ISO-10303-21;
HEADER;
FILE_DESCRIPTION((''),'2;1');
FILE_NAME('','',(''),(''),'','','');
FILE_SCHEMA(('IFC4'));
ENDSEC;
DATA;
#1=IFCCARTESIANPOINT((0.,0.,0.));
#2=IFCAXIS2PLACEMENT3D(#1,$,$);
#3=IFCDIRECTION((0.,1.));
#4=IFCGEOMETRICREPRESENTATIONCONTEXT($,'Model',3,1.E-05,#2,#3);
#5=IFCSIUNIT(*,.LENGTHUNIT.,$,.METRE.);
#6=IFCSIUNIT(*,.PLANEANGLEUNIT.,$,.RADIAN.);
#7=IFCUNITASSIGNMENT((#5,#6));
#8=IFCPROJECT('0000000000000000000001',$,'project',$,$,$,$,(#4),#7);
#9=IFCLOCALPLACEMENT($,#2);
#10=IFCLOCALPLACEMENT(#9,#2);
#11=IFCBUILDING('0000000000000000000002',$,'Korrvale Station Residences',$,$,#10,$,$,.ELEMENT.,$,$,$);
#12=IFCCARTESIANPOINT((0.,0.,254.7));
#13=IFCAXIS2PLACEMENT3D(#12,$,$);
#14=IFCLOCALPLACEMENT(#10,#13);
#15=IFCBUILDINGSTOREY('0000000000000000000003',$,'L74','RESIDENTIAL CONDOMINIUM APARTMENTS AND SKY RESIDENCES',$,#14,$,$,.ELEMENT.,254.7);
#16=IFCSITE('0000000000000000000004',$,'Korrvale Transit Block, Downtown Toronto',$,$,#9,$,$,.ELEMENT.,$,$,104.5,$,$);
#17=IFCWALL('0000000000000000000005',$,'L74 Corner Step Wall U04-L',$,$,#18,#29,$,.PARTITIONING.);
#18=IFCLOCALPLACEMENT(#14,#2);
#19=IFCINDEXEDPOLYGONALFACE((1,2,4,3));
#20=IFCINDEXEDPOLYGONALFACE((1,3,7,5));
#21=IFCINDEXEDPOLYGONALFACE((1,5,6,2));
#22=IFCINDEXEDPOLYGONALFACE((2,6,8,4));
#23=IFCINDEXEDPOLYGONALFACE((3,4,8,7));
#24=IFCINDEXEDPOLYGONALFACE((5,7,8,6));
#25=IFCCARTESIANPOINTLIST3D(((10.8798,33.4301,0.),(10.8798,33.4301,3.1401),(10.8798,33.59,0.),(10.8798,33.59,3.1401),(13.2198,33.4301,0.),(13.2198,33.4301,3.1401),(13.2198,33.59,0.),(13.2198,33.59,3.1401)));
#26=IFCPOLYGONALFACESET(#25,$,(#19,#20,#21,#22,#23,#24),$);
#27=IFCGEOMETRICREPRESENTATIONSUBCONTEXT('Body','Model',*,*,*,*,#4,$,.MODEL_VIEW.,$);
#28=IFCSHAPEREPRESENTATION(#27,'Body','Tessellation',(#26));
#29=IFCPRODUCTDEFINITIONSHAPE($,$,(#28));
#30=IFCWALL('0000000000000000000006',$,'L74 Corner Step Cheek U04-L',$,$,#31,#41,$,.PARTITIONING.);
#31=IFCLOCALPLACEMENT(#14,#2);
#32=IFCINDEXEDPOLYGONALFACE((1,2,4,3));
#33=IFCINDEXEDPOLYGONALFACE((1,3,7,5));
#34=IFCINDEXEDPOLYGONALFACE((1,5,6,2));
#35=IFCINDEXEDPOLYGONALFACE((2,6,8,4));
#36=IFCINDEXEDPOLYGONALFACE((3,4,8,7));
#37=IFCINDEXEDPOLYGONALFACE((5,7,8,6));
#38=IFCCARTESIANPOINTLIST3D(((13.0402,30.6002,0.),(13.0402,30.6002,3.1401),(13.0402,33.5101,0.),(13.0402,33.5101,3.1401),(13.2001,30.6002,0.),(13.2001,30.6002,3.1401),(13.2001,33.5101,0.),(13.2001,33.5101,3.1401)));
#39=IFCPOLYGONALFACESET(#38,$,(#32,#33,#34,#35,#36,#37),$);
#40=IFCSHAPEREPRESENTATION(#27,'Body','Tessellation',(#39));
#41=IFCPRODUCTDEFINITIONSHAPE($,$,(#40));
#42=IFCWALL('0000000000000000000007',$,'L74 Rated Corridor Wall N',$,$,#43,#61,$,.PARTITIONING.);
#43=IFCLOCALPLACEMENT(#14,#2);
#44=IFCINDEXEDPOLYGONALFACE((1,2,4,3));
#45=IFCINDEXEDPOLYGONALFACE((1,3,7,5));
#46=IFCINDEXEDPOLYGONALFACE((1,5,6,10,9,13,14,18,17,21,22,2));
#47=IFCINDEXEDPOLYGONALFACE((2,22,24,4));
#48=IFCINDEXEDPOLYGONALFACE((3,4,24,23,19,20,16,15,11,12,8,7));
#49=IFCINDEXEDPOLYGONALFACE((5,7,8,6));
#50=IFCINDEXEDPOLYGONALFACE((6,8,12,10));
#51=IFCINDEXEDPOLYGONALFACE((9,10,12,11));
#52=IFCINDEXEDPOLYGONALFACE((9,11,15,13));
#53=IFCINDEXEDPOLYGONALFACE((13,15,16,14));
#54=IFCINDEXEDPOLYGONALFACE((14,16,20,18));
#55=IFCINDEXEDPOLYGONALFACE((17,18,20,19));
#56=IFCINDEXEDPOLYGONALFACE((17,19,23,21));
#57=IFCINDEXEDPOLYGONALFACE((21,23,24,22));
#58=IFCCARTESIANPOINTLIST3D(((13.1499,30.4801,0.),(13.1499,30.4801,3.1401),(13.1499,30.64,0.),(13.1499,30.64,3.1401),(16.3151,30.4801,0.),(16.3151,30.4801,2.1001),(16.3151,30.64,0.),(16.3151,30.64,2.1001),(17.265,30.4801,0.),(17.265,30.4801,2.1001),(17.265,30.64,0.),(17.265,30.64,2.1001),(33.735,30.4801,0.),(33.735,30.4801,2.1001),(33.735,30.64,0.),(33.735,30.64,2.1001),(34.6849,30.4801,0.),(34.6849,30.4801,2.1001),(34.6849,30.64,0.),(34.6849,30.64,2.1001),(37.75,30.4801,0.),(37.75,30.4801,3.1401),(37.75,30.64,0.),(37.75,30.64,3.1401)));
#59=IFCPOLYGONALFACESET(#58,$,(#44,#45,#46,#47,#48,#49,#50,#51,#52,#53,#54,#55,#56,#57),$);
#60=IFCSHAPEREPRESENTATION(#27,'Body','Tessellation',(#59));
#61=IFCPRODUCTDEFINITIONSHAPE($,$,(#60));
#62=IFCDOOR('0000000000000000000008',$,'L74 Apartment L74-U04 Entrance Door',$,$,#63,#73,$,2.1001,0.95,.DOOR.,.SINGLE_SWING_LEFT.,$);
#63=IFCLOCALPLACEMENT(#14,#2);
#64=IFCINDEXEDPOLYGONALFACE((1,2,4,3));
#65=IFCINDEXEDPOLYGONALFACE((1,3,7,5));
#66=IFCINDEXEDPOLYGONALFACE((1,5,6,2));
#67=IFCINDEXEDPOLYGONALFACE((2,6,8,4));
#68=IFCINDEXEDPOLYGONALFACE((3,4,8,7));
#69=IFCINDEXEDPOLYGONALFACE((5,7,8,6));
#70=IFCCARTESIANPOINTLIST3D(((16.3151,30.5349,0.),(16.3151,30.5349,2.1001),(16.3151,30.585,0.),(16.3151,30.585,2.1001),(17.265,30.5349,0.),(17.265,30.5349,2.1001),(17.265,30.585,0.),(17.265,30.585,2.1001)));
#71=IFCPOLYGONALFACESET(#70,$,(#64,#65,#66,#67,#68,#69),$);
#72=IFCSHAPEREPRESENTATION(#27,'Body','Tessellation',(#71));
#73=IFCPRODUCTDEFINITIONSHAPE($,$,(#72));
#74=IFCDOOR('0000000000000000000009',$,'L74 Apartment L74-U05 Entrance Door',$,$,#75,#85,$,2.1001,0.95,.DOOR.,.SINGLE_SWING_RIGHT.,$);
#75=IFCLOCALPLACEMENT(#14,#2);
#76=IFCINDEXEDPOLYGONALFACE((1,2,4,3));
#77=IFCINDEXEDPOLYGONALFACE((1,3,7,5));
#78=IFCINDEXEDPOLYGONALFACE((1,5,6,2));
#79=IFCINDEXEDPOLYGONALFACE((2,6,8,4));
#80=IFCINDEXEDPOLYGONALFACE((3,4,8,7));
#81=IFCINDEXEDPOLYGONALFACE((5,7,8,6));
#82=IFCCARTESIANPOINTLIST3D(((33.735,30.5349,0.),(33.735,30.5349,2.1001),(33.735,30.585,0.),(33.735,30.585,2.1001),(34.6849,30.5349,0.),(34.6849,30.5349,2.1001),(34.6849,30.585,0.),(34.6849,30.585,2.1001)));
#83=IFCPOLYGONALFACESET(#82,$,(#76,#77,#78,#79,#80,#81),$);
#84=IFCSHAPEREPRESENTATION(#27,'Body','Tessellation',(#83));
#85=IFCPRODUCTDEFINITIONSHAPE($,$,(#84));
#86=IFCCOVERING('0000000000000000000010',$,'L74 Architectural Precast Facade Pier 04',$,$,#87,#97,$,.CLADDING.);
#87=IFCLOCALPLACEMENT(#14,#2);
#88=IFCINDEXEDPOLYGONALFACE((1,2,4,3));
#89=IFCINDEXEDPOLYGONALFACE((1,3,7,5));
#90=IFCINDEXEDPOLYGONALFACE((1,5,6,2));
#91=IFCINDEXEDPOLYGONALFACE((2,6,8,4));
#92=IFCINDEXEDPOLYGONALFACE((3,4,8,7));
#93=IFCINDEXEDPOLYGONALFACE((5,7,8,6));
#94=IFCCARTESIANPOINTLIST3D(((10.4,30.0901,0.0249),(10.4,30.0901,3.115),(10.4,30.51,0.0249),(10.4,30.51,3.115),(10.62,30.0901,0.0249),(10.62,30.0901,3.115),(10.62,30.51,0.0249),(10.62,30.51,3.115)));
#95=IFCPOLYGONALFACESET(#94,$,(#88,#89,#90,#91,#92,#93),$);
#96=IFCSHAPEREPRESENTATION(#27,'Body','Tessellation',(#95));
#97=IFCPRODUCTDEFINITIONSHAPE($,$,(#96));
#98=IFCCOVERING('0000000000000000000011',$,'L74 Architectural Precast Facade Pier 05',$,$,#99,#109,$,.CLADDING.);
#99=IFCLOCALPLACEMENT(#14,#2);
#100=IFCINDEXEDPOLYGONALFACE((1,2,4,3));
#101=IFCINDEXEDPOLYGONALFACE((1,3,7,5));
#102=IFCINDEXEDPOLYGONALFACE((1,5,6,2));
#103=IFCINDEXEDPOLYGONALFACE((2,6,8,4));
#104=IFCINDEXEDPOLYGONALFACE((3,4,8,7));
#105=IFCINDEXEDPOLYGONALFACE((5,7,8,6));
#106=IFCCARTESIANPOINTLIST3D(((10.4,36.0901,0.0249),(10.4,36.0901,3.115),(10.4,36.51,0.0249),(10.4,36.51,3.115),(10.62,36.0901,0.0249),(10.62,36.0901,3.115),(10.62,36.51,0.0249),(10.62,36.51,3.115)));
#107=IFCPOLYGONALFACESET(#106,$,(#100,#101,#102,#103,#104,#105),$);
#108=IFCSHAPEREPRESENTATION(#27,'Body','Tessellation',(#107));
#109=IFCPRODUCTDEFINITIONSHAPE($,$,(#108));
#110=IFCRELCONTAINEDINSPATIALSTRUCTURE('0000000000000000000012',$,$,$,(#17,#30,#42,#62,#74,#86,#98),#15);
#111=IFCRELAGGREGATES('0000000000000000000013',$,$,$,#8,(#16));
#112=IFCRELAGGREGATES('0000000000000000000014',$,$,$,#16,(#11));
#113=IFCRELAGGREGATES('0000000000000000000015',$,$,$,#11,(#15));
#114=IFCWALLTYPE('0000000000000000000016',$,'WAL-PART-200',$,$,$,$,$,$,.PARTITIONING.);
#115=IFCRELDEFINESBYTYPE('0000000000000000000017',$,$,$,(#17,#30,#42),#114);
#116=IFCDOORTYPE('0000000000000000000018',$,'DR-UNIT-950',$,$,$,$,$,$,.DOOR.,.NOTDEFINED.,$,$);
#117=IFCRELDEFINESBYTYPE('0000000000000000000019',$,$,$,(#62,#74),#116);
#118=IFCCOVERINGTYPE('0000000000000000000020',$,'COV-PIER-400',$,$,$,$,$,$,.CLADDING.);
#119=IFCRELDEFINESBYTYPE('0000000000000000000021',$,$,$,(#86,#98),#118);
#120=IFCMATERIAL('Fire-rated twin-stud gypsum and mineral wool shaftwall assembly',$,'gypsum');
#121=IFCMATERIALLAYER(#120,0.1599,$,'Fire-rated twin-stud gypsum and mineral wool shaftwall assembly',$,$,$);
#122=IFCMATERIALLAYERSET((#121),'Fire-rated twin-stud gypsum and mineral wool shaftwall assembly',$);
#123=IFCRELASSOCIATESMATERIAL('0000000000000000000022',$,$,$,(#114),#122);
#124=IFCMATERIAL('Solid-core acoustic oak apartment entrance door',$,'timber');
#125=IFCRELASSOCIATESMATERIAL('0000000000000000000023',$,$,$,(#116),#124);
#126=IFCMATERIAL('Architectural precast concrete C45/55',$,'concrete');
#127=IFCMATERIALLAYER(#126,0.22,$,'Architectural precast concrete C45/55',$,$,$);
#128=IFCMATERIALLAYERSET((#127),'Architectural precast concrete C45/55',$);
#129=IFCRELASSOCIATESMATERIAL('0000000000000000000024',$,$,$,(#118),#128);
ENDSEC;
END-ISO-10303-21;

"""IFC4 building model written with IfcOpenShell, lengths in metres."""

from ifc_helpers import new_model, si_unit, direction, frame, frame_2d, origin, origin_2d, place, context, subcontext, project, spatial, rectangle, extrude, material, layer, layer_set, type_object, element, fill, save


model = new_model("IFC4")

# Units and contexts
model_context = context("Model", 3, precision=1e-05, world=origin(), true_north=direction((0.0, 1.0)))
body_context = subcontext(model_context, "Body", "Model", "MODEL_VIEW")
ifc_project = project(units=[si_unit("LENGTHUNIT", "METRE"), si_unit("PLANEANGLEUNIT", "RADIAN")], contexts=[model_context])

# Site, building, storey
site_placement = place(None, origin())
site = spatial("IfcSite", under=ifc_project, at=site_placement, Name="Korrvale Transit Block, Downtown Toronto", CompositionType="ELEMENT", RefElevation=104.5)
building_placement = place(site_placement, origin())
building = spatial("IfcBuilding", under=site, at=building_placement, Name="Korrvale Station Residences", CompositionType="ELEMENT")
storey_placement = place(building_placement, frame((0.0, 0.0, 254.7)))
storey = spatial("IfcBuildingStorey", under=building, at=storey_placement, Name="L74", Description="RESIDENTIAL CONDOMINIUM APARTMENTS AND SKY RESIDENCES", CompositionType="ELEMENT", Elevation=254.7)

# Walls
ifc_material_1 = material(Name="Fire-rated twin-stud gypsum and mineral wool shaftwall assembly", Category="gypsum")
ifc_layer_1 = layer(ifc_material_1, 0.1599, Name="Fire-rated twin-stud gypsum and mineral wool shaftwall assembly")
ifc_layer_set_1 = layer_set([ifc_layer_1], Name="Fire-rated twin-stud gypsum and mineral wool shaftwall assembly")
wall_type_1 = type_object("IfcWallType", Name="WAL-PART-200", PredefinedType="PARTITIONING", material=ifc_layer_set_1)
wall_1_placement = place(storey_placement, frame((10.8799, 33.51, 0.0), z_axis=(0.0, 0.0, 1.0), x_axis=(1.0, 0.0, 0.0)))
element("IfcWall", 1, at=wall_1_placement, inside=storey, type_object=wall_type_1, Name="L74 Corner Step Wall U04-L", PredefinedType="PARTITIONING", context=body_context, shape_type="SweptSolid", body=[
    extrude(rectangle(XDim=2.3401, YDim=0.1599, at=frame_2d((1.1699, 0.0))), origin(), (0.0, 0.0, 1.0), 3.1401),
])
wall_2_placement = place(storey_placement, frame((13.1201, 30.6001, 0.0), z_axis=(0.0, 0.0, 1.0), x_axis=(0.0, 1.0, 0.0)))
element("IfcWall", 2, at=wall_2_placement, inside=storey, type_object=wall_type_1, Name="L74 Corner Step Cheek U04-L", PredefinedType="PARTITIONING", context=body_context, shape_type="SweptSolid", body=[
    extrude(rectangle(XDim=2.9099, YDim=0.1599, at=frame_2d((1.4551, 0.0))), origin(), (0.0, 0.0, 1.0), 3.1401),
])

# Wall, openings, doors
wall_3_placement = place(storey_placement, frame((13.1499, 30.5601, 0.0), z_axis=(0.0, 0.0, 1.0), x_axis=(1.0, 0.0, 0.0)))
wall_3 = element("IfcWall", 3, at=wall_3_placement, inside=storey, type_object=wall_type_1, Name="L74 Rated Corridor Wall N", PredefinedType="PARTITIONING", context=body_context, shape_type="SweptSolid", body=[
    extrude(rectangle(XDim=24.6001, YDim=0.1599, at=frame_2d((12.3, 0.0))), origin(), (0.0, 0.0, 1.0), 3.1401),
])
opening_1_placement = place(wall_3_placement, frame((3.165, 0.0, 0.0)))
opening_1 = element("IfcOpeningElement", 4, at=opening_1_placement, cuts=wall_3, PredefinedType="OPENING", context=body_context, shape_type="SweptSolid", body=[
    extrude(rectangle(XDim=0.95, YDim=2.1001, at=frame_2d((0.4751, 1.05))), frame((0.0, 0.0898, 0.0), z_axis=(0.0, -1.0, 0.0), x_axis=(1.0, 0.0, 0.0)), (0.0, 0.0, 1.0), 0.1799),
])
opening_2_placement = place(wall_3_placement, frame((20.585, 0.0, 0.0)))
opening_2 = element("IfcOpeningElement", 5, at=opening_2_placement, cuts=wall_3, PredefinedType="OPENING", context=body_context, shape_type="SweptSolid", body=[
    extrude(rectangle(XDim=0.95, YDim=2.1001, at=frame_2d((0.4751, 1.05))), frame((0.0, 0.0898, 0.0), z_axis=(0.0, -1.0, 0.0), x_axis=(1.0, 0.0, 0.0)), (0.0, 0.0, 1.0), 0.1799),
])
ifc_material_2 = material(Name="Solid-core acoustic oak apartment entrance door", Category="timber")
door_type = type_object("IfcDoorType", Name="DR-UNIT-950", OperationType="NOTDEFINED", PredefinedType="DOOR", material=ifc_material_2)
door_1_placement = place(opening_1_placement, origin())
door_1 = element("IfcDoor", 6, at=door_1_placement, inside=storey, type_object=door_type, Name="L74 Apartment L74-U04 Entrance Door", OperationType="SINGLE_SWING_LEFT", OverallHeight=2.1001, OverallWidth=0.95, PredefinedType="DOOR", context=body_context, shape_type="SweptSolid", body=[
    extrude(rectangle(XDim=0.95, YDim=2.1001, at=frame_2d((0.4751, 1.05))), frame((0.0, 0.0249, 0.0), z_axis=(0.0, -1.0, 0.0), x_axis=(1.0, 0.0, 0.0)), (0.0, 0.0, 1.0), 0.05),
])
fill(opening_1, door_1)
door_2_placement = place(opening_2_placement, origin())
door_2 = element("IfcDoor", 7, at=door_2_placement, inside=storey, type_object=door_type, Name="L74 Apartment L74-U05 Entrance Door", OperationType="SINGLE_SWING_RIGHT", OverallHeight=2.1001, OverallWidth=0.95, PredefinedType="DOOR", context=body_context, shape_type="SweptSolid", body=[
    extrude(rectangle(XDim=0.95, YDim=2.1001, at=frame_2d((0.4751, 1.05))), frame((0.0, 0.0249, 0.0), z_axis=(0.0, -1.0, 0.0), x_axis=(1.0, 0.0, 0.0)), (0.0, 0.0, 1.0), 0.05),
])
fill(opening_2, door_2)

# Coverings
ifc_material_3 = material(Name="Architectural precast concrete C45/55", Category="concrete")
ifc_layer_2 = layer(ifc_material_3, 0.22, Name="Architectural precast concrete C45/55")
ifc_layer_set_2 = layer_set([ifc_layer_2], Name="Architectural precast concrete C45/55")
covering_type = type_object("IfcCoveringType", Name="COV-PIER-400", PredefinedType="CLADDING", material=ifc_layer_set_2)
for number, where, z_axis, x_axis, name in (
    (8, (10.51, 30.3, 0.0249), (0.0, 0.0, 1.0), (0.0, 1.0, 0.0), "L74 Architectural Precast Facade Pier 04"),
    (9, (10.51, 36.3, 0.0249), (0.0, 0.0, 1.0), (0.0, 1.0, 0.0), "L74 Architectural Precast Facade Pier 05"),
):
    element("IfcCovering", number, at=place(storey_placement, frame(where, z_axis=z_axis, x_axis=x_axis)), inside=storey, type_object=covering_type, Name=name, PredefinedType="CLADDING", context=body_context, shape_type="SweptSolid", body=[
        extrude(rectangle(XDim=0.4199, YDim=0.22, at=origin_2d()), origin(), (0.0, 0.0, 1.0), 3.0901),
    ])

save(model, "model.ifc")
